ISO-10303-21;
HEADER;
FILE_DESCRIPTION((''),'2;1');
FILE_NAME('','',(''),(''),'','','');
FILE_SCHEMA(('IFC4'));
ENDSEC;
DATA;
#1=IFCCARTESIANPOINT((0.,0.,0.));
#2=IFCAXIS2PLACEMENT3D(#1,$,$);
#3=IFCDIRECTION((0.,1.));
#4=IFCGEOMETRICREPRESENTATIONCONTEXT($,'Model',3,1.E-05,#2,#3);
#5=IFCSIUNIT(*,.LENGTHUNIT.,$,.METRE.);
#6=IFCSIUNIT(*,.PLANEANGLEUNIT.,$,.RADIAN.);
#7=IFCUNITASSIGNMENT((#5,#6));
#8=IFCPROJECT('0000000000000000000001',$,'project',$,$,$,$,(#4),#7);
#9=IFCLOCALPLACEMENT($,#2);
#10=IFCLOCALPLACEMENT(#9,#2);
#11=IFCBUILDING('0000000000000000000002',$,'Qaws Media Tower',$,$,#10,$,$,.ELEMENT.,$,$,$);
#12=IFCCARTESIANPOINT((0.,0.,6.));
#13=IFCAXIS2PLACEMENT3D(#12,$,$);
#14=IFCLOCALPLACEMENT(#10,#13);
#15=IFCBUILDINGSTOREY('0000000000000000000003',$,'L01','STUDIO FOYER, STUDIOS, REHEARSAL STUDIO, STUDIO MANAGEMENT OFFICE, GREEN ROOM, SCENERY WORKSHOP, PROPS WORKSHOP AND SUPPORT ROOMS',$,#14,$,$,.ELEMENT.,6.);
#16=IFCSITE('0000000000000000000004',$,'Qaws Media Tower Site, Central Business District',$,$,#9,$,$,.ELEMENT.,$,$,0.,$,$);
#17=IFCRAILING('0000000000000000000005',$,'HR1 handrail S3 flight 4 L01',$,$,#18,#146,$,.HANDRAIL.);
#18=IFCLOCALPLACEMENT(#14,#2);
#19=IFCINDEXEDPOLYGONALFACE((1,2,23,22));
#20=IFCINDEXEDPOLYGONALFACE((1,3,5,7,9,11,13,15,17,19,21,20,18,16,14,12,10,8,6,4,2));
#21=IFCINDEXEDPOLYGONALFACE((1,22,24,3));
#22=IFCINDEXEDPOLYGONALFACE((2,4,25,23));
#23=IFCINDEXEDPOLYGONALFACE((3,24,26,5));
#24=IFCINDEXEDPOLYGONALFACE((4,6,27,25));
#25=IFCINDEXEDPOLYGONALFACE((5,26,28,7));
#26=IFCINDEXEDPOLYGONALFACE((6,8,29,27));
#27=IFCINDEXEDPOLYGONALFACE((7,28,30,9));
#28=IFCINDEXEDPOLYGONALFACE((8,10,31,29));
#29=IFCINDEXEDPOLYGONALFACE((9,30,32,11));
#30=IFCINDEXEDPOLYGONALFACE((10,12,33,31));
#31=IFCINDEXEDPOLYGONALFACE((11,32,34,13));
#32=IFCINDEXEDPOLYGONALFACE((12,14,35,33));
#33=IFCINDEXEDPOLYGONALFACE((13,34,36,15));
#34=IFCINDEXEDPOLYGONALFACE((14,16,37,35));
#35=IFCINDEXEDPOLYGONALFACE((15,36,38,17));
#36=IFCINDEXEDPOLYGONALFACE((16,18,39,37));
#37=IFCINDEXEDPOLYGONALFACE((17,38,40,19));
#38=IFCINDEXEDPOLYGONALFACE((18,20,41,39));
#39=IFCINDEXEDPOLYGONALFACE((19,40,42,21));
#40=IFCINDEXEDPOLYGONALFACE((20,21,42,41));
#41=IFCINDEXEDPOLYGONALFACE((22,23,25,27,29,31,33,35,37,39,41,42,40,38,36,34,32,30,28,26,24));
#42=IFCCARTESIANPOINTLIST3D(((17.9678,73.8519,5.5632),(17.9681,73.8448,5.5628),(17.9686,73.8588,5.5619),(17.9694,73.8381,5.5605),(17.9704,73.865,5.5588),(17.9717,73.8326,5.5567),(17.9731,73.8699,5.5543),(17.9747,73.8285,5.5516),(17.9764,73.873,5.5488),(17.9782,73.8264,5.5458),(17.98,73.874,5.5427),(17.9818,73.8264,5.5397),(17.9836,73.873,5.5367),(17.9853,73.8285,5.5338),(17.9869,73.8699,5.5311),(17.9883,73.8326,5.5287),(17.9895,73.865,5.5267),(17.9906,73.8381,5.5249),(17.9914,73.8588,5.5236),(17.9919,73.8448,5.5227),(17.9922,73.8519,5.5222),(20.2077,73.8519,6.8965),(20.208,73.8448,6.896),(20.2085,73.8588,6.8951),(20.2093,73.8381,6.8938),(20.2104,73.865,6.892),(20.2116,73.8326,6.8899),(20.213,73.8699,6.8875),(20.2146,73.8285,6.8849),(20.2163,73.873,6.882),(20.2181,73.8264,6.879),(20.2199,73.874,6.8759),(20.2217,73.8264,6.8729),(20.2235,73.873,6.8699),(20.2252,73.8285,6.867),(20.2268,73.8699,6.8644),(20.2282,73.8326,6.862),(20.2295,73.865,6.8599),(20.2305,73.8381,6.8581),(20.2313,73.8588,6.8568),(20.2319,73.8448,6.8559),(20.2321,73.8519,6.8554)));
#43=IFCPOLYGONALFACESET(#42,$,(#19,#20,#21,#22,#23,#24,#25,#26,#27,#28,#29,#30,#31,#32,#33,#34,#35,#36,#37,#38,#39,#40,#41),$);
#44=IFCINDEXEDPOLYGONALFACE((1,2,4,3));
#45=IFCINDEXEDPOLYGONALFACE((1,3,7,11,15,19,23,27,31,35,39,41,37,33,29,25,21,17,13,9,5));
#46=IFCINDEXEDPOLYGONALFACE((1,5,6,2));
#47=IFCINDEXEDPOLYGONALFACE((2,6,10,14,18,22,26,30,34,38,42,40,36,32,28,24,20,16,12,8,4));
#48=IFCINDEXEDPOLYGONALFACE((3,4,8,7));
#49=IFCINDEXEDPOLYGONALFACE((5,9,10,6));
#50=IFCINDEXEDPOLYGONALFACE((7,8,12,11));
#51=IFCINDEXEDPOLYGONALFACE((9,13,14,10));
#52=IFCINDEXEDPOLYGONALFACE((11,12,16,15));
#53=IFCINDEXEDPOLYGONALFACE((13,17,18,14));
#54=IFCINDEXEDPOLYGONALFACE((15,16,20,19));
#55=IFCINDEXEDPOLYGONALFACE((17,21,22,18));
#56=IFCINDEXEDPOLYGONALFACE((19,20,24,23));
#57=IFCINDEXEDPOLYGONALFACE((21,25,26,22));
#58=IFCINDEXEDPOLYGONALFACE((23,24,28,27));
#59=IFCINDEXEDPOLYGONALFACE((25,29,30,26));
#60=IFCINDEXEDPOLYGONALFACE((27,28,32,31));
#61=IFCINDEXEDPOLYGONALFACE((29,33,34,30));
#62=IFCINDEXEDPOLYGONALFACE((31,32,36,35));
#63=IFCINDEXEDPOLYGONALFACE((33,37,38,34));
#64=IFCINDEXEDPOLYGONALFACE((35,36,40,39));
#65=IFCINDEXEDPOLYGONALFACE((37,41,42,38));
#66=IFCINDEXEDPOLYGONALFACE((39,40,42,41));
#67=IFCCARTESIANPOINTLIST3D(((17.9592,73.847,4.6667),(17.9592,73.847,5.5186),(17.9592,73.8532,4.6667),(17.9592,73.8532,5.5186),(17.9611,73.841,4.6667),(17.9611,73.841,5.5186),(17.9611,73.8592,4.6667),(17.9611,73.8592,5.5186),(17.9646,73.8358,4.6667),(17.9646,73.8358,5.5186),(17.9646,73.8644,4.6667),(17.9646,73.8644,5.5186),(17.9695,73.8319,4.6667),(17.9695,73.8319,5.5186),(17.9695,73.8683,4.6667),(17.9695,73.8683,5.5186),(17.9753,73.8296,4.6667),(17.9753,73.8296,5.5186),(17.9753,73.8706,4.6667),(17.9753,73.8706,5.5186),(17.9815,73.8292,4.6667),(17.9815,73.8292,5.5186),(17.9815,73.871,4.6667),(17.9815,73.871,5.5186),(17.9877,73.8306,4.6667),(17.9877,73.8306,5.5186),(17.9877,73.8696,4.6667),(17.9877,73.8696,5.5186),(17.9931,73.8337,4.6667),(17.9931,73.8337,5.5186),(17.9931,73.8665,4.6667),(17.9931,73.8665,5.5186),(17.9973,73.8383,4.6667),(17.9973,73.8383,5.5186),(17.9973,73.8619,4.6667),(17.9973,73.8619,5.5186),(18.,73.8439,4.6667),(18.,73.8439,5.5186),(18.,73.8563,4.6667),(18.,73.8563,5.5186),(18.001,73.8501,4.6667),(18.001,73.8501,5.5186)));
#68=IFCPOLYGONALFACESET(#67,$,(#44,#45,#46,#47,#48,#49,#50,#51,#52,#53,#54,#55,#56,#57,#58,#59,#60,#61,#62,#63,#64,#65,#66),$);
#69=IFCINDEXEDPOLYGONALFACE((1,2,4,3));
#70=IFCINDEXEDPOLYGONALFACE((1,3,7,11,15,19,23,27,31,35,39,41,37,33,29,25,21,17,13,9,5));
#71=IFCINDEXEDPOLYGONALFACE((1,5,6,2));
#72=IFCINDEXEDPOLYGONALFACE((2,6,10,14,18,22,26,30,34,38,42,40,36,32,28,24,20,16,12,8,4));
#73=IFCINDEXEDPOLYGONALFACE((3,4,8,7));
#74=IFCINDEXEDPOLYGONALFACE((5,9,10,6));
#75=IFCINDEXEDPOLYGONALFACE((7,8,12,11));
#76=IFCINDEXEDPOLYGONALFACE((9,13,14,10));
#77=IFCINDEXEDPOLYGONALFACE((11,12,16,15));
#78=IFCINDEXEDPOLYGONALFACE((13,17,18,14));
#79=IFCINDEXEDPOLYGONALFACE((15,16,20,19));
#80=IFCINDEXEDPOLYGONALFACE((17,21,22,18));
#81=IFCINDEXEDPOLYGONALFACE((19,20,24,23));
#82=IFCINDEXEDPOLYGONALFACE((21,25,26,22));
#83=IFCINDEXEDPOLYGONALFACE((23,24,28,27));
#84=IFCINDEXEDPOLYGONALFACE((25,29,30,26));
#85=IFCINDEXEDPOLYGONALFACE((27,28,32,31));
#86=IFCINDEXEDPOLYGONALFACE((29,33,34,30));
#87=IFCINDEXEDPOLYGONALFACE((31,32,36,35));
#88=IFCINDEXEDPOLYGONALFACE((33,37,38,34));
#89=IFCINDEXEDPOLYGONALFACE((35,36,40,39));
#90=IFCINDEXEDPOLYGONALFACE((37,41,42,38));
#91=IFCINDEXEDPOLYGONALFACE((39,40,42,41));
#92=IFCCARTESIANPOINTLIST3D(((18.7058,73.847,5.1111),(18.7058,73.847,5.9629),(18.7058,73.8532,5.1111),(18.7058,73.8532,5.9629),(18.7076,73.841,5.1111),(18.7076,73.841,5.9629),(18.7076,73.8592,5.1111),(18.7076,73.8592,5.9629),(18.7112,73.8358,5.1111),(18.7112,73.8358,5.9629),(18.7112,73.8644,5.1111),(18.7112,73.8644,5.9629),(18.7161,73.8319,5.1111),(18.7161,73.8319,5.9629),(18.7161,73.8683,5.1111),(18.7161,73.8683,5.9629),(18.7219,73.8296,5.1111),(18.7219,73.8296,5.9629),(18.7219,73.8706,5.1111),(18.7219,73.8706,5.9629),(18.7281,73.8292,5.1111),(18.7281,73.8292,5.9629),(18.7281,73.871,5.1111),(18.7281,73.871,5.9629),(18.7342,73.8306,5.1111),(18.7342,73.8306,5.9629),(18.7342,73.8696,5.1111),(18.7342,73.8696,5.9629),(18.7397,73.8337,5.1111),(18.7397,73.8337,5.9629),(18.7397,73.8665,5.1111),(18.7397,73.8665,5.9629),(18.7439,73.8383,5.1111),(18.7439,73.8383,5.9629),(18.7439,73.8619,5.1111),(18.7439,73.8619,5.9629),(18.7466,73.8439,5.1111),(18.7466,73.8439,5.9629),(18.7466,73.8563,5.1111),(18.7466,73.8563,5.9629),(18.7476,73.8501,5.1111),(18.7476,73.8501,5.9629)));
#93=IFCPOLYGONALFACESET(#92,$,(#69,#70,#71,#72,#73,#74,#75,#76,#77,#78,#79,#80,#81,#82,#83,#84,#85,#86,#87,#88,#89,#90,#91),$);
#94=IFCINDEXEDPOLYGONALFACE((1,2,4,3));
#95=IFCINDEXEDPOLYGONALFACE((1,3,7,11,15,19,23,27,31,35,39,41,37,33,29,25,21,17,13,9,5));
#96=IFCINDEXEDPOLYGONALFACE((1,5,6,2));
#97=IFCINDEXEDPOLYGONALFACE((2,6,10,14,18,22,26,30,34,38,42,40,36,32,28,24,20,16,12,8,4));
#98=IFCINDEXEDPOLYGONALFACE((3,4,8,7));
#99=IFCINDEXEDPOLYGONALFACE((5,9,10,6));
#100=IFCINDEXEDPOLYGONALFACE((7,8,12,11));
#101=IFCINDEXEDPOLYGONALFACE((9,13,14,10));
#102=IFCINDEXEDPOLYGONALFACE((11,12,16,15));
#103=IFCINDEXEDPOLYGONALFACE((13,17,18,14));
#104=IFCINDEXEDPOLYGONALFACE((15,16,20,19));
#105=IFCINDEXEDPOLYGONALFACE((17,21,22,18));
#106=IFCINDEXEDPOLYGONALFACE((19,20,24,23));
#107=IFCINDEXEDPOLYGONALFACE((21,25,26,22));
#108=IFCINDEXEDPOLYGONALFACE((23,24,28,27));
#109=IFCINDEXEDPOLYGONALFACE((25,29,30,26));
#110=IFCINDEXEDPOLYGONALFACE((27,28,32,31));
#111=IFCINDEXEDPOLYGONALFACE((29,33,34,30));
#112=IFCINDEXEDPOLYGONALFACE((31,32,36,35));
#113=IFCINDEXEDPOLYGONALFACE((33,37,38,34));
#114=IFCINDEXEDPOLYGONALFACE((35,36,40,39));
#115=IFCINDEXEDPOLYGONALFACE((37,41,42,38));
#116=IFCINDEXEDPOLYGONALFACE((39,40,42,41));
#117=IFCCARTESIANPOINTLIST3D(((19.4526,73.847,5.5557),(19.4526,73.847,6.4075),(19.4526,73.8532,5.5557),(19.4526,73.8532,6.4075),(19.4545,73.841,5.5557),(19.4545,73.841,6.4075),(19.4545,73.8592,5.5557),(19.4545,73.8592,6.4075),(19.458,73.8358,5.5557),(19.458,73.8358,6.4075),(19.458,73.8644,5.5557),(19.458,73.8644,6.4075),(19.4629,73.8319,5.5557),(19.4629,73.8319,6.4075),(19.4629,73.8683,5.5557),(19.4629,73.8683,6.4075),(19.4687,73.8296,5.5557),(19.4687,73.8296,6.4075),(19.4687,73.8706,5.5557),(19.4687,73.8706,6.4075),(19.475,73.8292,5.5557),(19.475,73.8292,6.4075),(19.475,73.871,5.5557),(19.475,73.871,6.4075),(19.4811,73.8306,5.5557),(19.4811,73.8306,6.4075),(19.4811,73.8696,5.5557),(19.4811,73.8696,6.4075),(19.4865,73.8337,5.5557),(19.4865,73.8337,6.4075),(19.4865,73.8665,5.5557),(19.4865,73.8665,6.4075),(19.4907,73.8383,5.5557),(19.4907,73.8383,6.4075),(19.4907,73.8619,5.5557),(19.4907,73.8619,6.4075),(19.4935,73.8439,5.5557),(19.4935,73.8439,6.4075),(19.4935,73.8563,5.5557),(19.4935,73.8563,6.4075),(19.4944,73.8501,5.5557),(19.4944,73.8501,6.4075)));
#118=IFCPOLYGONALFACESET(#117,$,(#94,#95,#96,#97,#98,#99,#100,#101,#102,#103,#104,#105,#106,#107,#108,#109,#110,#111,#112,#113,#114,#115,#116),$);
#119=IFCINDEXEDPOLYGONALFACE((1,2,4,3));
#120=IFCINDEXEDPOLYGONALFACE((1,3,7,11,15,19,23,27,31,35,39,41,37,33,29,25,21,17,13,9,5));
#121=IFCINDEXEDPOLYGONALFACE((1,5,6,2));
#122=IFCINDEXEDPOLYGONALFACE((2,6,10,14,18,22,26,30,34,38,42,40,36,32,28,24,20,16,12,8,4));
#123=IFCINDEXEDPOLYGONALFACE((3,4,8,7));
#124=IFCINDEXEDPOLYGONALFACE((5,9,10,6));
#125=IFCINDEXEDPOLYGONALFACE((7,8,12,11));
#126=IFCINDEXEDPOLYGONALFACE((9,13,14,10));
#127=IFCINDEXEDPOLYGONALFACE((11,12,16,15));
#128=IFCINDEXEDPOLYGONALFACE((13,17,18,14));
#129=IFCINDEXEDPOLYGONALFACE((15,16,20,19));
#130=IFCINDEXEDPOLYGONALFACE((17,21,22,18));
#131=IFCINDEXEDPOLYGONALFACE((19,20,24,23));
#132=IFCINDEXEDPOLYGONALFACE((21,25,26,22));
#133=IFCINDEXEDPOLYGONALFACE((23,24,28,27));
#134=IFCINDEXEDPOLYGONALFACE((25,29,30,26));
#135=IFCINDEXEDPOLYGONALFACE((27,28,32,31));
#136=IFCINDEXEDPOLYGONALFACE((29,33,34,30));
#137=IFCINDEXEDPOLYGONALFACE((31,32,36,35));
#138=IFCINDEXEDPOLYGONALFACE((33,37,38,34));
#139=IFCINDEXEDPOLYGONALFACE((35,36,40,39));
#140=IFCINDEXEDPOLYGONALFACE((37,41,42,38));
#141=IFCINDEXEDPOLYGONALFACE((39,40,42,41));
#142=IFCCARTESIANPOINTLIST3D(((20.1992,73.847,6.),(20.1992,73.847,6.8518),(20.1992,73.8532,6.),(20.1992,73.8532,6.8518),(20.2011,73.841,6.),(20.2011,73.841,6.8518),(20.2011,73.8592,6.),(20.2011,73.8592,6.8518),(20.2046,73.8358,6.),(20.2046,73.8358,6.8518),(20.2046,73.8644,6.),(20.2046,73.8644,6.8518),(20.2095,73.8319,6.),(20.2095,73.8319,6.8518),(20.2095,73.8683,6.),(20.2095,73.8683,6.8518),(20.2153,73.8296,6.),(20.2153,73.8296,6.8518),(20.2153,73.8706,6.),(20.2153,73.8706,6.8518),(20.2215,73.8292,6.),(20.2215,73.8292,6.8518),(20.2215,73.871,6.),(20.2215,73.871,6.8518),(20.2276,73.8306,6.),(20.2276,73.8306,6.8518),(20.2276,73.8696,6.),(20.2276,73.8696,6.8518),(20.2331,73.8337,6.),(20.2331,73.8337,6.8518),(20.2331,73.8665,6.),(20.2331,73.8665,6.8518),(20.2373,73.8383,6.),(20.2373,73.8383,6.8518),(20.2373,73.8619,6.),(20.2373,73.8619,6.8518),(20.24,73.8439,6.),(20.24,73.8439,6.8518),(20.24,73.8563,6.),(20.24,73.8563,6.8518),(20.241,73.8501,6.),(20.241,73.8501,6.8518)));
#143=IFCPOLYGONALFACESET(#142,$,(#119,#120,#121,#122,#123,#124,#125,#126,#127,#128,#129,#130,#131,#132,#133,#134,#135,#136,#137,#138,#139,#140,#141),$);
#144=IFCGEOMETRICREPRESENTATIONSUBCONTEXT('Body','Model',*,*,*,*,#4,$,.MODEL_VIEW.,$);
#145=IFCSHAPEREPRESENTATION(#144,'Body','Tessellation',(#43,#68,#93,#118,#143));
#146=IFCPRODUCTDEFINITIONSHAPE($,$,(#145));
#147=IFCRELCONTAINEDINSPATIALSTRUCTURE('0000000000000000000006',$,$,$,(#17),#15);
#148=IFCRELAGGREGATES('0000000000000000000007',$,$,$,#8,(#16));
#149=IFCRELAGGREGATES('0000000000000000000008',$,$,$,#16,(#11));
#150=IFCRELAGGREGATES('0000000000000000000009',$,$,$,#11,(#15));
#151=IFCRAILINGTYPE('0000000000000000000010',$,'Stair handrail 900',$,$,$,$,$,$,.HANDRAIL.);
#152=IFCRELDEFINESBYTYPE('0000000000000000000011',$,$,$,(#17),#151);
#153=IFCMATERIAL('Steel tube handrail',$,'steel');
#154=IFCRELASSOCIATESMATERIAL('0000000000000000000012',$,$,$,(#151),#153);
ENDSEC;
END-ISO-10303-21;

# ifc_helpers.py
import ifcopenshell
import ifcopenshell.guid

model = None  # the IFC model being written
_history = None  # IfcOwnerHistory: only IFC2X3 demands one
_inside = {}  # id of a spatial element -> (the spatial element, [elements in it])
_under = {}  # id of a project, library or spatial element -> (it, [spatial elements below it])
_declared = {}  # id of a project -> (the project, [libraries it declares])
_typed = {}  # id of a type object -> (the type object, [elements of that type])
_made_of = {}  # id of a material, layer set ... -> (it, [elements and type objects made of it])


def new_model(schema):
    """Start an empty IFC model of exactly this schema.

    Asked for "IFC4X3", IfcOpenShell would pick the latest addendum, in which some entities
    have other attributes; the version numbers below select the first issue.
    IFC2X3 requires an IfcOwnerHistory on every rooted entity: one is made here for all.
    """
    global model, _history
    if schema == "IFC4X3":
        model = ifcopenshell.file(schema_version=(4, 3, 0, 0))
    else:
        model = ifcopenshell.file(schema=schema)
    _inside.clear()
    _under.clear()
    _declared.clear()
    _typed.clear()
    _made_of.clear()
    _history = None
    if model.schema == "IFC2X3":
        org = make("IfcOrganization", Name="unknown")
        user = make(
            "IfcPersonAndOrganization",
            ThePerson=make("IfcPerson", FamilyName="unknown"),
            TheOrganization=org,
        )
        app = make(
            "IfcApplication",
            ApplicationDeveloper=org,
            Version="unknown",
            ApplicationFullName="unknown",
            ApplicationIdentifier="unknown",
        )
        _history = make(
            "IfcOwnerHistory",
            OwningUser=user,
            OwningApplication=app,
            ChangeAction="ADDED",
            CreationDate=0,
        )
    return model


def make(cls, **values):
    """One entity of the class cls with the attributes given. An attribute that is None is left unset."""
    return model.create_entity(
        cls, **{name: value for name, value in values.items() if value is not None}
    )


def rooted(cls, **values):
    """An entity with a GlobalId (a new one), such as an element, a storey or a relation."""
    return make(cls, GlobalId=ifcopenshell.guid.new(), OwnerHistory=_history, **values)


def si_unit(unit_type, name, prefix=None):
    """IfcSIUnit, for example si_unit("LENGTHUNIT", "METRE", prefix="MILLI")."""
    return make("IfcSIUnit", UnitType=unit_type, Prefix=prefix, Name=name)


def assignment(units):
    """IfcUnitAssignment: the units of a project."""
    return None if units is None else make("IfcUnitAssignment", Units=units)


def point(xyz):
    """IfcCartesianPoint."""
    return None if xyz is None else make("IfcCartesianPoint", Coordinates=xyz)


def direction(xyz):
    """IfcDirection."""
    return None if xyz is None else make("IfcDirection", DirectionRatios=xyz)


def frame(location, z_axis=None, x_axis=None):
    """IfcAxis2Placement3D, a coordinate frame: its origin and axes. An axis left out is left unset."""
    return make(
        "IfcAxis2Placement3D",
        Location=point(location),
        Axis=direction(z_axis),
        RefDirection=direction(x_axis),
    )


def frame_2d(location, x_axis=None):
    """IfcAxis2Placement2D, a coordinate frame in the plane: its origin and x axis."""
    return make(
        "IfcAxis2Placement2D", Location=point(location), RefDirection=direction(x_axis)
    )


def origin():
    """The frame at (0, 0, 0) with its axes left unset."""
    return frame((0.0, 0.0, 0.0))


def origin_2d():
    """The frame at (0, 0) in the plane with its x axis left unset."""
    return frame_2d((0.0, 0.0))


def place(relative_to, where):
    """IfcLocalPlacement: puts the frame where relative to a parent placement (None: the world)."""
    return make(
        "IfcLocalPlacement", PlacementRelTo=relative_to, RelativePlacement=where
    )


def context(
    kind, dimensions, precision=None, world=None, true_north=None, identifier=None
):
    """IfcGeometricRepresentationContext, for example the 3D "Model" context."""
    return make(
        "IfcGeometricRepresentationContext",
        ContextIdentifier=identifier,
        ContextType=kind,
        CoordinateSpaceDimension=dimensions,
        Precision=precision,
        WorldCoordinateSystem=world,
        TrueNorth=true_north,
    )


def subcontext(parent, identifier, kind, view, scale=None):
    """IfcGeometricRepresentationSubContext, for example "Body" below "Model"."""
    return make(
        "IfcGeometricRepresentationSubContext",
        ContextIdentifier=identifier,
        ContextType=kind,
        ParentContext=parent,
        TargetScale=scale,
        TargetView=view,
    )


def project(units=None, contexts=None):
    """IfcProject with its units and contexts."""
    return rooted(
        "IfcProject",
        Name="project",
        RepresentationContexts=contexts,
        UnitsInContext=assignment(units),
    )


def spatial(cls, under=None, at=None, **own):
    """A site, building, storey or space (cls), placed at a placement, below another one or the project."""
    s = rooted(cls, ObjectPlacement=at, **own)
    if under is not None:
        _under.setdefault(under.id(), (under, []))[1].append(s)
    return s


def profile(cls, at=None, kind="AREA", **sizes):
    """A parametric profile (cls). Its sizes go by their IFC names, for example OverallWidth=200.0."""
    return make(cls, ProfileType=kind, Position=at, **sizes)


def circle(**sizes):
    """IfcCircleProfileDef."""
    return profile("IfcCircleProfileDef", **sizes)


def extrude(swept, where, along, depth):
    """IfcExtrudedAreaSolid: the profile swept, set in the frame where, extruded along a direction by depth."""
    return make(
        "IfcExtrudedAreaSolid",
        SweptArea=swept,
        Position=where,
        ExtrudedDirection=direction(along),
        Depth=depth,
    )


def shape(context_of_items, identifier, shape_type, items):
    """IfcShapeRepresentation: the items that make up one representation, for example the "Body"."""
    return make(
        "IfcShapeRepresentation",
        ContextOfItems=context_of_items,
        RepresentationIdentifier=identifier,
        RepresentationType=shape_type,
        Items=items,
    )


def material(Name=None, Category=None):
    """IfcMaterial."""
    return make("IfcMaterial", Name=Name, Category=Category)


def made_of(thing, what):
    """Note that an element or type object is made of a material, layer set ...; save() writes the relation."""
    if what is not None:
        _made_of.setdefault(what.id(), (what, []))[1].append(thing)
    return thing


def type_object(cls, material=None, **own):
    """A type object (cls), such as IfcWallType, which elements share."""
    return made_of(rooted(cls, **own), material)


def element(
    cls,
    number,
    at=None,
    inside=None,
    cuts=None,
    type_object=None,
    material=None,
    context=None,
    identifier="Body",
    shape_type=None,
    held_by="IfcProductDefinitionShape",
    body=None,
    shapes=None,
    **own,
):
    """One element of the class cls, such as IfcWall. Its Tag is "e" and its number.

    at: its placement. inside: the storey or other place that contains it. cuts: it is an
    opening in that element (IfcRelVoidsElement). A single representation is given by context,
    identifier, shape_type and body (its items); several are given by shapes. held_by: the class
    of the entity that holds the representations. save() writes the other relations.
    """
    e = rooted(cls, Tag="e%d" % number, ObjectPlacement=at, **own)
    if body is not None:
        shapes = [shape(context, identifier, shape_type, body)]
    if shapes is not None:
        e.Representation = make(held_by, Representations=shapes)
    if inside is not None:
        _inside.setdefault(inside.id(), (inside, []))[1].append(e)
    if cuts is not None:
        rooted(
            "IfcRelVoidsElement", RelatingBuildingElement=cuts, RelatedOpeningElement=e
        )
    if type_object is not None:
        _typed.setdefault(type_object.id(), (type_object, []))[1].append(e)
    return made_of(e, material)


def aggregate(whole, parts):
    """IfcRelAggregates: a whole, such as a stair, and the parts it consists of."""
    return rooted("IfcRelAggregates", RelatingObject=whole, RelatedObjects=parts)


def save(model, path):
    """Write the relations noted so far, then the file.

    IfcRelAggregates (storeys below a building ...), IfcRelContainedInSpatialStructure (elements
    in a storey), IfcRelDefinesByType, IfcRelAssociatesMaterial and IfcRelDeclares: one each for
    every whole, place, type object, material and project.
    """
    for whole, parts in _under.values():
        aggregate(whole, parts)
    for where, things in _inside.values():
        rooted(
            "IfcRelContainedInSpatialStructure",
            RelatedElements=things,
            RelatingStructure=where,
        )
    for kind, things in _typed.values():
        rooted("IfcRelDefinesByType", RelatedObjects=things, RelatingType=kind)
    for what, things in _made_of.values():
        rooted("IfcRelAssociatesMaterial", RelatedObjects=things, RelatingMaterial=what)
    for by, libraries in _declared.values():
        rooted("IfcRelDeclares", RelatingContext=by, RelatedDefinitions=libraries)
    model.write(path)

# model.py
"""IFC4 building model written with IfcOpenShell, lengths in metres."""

from ifc_helpers import new_model, si_unit, direction, frame, origin, origin_2d, place, context, subcontext, project, spatial, circle, extrude, material, type_object, element, save


model = new_model("IFC4")

# Units and contexts
model_context = context("Model", 3, precision=1e-05, world=origin(), true_north=direction((0.0, 1.0)))
body_context = subcontext(model_context, "Body", "Model", "MODEL_VIEW")
ifc_project = project(units=[si_unit("LENGTHUNIT", "METRE"), si_unit("PLANEANGLEUNIT", "RADIAN")], contexts=[model_context])

# Site, building, storey
site_placement = place(None, origin())
site = spatial("IfcSite", under=ifc_project, at=site_placement, Name="Qaws Media Tower Site, Central Business District", CompositionType="ELEMENT", RefElevation=0.0)
building_placement = place(site_placement, origin())
building = spatial("IfcBuilding", under=site, at=building_placement, Name="Qaws Media Tower", CompositionType="ELEMENT")
storey_placement = place(building_placement, frame((0.0, 0.0, 6.0)))
storey = spatial("IfcBuildingStorey", under=building, at=storey_placement, Name="L01", Description="STUDIO FOYER, STUDIOS, REHEARSAL STUDIO, STUDIO MANAGEMENT OFFICE, GREEN ROOM, SCENERY WORKSHOP, PROPS WORKSHOP AND SUPPORT ROOMS", CompositionType="ELEMENT", Elevation=6.0)

# Railing
ifc_material_1 = material(Name="Steel tube handrail", Category="steel")
railing_type = type_object("IfcRailingType", Name="Stair handrail 900", PredefinedType="HANDRAIL", material=ifc_material_1)
for number, where, name in (
    (1, (17.98, 73.8501, 4.6667), "HR1 handrail S3 flight 4 L01"),
):
    element("IfcRailing", number, at=place(storey_placement, frame(where)), inside=storey, type_object=railing_type, Name=name, PredefinedType="HANDRAIL", context=body_context, shape_type="SweptSolid", body=[
        extrude(circle(Radius=0.0239, at=origin_2d()), frame((0.0, 0.0, 0.876), z_axis=(0.859306, 0.0, 0.511462), x_axis=(0.0, 1.0, 0.0)), (0.0, 0.0, 1.0), 2.6067),
        extrude(circle(Radius=0.021, at=origin_2d()), origin(), (0.0, 0.0, 1.0), 0.8518),
        extrude(circle(Radius=0.021, at=origin_2d()), frame((0.7466, 0.0, 0.4443)), (0.0, 0.0, 1.0), 0.8518),
        extrude(circle(Radius=0.021, at=origin_2d()), frame((1.4934, 0.0, 0.8889)), (0.0, 0.0, 1.0), 0.8518),
        extrude(circle(Radius=0.021, at=origin_2d()), frame((2.24, 0.0, 1.3333)), (0.0, 0.0, 1.0), 0.8518),
    ])

save(model, "model.ifc")
